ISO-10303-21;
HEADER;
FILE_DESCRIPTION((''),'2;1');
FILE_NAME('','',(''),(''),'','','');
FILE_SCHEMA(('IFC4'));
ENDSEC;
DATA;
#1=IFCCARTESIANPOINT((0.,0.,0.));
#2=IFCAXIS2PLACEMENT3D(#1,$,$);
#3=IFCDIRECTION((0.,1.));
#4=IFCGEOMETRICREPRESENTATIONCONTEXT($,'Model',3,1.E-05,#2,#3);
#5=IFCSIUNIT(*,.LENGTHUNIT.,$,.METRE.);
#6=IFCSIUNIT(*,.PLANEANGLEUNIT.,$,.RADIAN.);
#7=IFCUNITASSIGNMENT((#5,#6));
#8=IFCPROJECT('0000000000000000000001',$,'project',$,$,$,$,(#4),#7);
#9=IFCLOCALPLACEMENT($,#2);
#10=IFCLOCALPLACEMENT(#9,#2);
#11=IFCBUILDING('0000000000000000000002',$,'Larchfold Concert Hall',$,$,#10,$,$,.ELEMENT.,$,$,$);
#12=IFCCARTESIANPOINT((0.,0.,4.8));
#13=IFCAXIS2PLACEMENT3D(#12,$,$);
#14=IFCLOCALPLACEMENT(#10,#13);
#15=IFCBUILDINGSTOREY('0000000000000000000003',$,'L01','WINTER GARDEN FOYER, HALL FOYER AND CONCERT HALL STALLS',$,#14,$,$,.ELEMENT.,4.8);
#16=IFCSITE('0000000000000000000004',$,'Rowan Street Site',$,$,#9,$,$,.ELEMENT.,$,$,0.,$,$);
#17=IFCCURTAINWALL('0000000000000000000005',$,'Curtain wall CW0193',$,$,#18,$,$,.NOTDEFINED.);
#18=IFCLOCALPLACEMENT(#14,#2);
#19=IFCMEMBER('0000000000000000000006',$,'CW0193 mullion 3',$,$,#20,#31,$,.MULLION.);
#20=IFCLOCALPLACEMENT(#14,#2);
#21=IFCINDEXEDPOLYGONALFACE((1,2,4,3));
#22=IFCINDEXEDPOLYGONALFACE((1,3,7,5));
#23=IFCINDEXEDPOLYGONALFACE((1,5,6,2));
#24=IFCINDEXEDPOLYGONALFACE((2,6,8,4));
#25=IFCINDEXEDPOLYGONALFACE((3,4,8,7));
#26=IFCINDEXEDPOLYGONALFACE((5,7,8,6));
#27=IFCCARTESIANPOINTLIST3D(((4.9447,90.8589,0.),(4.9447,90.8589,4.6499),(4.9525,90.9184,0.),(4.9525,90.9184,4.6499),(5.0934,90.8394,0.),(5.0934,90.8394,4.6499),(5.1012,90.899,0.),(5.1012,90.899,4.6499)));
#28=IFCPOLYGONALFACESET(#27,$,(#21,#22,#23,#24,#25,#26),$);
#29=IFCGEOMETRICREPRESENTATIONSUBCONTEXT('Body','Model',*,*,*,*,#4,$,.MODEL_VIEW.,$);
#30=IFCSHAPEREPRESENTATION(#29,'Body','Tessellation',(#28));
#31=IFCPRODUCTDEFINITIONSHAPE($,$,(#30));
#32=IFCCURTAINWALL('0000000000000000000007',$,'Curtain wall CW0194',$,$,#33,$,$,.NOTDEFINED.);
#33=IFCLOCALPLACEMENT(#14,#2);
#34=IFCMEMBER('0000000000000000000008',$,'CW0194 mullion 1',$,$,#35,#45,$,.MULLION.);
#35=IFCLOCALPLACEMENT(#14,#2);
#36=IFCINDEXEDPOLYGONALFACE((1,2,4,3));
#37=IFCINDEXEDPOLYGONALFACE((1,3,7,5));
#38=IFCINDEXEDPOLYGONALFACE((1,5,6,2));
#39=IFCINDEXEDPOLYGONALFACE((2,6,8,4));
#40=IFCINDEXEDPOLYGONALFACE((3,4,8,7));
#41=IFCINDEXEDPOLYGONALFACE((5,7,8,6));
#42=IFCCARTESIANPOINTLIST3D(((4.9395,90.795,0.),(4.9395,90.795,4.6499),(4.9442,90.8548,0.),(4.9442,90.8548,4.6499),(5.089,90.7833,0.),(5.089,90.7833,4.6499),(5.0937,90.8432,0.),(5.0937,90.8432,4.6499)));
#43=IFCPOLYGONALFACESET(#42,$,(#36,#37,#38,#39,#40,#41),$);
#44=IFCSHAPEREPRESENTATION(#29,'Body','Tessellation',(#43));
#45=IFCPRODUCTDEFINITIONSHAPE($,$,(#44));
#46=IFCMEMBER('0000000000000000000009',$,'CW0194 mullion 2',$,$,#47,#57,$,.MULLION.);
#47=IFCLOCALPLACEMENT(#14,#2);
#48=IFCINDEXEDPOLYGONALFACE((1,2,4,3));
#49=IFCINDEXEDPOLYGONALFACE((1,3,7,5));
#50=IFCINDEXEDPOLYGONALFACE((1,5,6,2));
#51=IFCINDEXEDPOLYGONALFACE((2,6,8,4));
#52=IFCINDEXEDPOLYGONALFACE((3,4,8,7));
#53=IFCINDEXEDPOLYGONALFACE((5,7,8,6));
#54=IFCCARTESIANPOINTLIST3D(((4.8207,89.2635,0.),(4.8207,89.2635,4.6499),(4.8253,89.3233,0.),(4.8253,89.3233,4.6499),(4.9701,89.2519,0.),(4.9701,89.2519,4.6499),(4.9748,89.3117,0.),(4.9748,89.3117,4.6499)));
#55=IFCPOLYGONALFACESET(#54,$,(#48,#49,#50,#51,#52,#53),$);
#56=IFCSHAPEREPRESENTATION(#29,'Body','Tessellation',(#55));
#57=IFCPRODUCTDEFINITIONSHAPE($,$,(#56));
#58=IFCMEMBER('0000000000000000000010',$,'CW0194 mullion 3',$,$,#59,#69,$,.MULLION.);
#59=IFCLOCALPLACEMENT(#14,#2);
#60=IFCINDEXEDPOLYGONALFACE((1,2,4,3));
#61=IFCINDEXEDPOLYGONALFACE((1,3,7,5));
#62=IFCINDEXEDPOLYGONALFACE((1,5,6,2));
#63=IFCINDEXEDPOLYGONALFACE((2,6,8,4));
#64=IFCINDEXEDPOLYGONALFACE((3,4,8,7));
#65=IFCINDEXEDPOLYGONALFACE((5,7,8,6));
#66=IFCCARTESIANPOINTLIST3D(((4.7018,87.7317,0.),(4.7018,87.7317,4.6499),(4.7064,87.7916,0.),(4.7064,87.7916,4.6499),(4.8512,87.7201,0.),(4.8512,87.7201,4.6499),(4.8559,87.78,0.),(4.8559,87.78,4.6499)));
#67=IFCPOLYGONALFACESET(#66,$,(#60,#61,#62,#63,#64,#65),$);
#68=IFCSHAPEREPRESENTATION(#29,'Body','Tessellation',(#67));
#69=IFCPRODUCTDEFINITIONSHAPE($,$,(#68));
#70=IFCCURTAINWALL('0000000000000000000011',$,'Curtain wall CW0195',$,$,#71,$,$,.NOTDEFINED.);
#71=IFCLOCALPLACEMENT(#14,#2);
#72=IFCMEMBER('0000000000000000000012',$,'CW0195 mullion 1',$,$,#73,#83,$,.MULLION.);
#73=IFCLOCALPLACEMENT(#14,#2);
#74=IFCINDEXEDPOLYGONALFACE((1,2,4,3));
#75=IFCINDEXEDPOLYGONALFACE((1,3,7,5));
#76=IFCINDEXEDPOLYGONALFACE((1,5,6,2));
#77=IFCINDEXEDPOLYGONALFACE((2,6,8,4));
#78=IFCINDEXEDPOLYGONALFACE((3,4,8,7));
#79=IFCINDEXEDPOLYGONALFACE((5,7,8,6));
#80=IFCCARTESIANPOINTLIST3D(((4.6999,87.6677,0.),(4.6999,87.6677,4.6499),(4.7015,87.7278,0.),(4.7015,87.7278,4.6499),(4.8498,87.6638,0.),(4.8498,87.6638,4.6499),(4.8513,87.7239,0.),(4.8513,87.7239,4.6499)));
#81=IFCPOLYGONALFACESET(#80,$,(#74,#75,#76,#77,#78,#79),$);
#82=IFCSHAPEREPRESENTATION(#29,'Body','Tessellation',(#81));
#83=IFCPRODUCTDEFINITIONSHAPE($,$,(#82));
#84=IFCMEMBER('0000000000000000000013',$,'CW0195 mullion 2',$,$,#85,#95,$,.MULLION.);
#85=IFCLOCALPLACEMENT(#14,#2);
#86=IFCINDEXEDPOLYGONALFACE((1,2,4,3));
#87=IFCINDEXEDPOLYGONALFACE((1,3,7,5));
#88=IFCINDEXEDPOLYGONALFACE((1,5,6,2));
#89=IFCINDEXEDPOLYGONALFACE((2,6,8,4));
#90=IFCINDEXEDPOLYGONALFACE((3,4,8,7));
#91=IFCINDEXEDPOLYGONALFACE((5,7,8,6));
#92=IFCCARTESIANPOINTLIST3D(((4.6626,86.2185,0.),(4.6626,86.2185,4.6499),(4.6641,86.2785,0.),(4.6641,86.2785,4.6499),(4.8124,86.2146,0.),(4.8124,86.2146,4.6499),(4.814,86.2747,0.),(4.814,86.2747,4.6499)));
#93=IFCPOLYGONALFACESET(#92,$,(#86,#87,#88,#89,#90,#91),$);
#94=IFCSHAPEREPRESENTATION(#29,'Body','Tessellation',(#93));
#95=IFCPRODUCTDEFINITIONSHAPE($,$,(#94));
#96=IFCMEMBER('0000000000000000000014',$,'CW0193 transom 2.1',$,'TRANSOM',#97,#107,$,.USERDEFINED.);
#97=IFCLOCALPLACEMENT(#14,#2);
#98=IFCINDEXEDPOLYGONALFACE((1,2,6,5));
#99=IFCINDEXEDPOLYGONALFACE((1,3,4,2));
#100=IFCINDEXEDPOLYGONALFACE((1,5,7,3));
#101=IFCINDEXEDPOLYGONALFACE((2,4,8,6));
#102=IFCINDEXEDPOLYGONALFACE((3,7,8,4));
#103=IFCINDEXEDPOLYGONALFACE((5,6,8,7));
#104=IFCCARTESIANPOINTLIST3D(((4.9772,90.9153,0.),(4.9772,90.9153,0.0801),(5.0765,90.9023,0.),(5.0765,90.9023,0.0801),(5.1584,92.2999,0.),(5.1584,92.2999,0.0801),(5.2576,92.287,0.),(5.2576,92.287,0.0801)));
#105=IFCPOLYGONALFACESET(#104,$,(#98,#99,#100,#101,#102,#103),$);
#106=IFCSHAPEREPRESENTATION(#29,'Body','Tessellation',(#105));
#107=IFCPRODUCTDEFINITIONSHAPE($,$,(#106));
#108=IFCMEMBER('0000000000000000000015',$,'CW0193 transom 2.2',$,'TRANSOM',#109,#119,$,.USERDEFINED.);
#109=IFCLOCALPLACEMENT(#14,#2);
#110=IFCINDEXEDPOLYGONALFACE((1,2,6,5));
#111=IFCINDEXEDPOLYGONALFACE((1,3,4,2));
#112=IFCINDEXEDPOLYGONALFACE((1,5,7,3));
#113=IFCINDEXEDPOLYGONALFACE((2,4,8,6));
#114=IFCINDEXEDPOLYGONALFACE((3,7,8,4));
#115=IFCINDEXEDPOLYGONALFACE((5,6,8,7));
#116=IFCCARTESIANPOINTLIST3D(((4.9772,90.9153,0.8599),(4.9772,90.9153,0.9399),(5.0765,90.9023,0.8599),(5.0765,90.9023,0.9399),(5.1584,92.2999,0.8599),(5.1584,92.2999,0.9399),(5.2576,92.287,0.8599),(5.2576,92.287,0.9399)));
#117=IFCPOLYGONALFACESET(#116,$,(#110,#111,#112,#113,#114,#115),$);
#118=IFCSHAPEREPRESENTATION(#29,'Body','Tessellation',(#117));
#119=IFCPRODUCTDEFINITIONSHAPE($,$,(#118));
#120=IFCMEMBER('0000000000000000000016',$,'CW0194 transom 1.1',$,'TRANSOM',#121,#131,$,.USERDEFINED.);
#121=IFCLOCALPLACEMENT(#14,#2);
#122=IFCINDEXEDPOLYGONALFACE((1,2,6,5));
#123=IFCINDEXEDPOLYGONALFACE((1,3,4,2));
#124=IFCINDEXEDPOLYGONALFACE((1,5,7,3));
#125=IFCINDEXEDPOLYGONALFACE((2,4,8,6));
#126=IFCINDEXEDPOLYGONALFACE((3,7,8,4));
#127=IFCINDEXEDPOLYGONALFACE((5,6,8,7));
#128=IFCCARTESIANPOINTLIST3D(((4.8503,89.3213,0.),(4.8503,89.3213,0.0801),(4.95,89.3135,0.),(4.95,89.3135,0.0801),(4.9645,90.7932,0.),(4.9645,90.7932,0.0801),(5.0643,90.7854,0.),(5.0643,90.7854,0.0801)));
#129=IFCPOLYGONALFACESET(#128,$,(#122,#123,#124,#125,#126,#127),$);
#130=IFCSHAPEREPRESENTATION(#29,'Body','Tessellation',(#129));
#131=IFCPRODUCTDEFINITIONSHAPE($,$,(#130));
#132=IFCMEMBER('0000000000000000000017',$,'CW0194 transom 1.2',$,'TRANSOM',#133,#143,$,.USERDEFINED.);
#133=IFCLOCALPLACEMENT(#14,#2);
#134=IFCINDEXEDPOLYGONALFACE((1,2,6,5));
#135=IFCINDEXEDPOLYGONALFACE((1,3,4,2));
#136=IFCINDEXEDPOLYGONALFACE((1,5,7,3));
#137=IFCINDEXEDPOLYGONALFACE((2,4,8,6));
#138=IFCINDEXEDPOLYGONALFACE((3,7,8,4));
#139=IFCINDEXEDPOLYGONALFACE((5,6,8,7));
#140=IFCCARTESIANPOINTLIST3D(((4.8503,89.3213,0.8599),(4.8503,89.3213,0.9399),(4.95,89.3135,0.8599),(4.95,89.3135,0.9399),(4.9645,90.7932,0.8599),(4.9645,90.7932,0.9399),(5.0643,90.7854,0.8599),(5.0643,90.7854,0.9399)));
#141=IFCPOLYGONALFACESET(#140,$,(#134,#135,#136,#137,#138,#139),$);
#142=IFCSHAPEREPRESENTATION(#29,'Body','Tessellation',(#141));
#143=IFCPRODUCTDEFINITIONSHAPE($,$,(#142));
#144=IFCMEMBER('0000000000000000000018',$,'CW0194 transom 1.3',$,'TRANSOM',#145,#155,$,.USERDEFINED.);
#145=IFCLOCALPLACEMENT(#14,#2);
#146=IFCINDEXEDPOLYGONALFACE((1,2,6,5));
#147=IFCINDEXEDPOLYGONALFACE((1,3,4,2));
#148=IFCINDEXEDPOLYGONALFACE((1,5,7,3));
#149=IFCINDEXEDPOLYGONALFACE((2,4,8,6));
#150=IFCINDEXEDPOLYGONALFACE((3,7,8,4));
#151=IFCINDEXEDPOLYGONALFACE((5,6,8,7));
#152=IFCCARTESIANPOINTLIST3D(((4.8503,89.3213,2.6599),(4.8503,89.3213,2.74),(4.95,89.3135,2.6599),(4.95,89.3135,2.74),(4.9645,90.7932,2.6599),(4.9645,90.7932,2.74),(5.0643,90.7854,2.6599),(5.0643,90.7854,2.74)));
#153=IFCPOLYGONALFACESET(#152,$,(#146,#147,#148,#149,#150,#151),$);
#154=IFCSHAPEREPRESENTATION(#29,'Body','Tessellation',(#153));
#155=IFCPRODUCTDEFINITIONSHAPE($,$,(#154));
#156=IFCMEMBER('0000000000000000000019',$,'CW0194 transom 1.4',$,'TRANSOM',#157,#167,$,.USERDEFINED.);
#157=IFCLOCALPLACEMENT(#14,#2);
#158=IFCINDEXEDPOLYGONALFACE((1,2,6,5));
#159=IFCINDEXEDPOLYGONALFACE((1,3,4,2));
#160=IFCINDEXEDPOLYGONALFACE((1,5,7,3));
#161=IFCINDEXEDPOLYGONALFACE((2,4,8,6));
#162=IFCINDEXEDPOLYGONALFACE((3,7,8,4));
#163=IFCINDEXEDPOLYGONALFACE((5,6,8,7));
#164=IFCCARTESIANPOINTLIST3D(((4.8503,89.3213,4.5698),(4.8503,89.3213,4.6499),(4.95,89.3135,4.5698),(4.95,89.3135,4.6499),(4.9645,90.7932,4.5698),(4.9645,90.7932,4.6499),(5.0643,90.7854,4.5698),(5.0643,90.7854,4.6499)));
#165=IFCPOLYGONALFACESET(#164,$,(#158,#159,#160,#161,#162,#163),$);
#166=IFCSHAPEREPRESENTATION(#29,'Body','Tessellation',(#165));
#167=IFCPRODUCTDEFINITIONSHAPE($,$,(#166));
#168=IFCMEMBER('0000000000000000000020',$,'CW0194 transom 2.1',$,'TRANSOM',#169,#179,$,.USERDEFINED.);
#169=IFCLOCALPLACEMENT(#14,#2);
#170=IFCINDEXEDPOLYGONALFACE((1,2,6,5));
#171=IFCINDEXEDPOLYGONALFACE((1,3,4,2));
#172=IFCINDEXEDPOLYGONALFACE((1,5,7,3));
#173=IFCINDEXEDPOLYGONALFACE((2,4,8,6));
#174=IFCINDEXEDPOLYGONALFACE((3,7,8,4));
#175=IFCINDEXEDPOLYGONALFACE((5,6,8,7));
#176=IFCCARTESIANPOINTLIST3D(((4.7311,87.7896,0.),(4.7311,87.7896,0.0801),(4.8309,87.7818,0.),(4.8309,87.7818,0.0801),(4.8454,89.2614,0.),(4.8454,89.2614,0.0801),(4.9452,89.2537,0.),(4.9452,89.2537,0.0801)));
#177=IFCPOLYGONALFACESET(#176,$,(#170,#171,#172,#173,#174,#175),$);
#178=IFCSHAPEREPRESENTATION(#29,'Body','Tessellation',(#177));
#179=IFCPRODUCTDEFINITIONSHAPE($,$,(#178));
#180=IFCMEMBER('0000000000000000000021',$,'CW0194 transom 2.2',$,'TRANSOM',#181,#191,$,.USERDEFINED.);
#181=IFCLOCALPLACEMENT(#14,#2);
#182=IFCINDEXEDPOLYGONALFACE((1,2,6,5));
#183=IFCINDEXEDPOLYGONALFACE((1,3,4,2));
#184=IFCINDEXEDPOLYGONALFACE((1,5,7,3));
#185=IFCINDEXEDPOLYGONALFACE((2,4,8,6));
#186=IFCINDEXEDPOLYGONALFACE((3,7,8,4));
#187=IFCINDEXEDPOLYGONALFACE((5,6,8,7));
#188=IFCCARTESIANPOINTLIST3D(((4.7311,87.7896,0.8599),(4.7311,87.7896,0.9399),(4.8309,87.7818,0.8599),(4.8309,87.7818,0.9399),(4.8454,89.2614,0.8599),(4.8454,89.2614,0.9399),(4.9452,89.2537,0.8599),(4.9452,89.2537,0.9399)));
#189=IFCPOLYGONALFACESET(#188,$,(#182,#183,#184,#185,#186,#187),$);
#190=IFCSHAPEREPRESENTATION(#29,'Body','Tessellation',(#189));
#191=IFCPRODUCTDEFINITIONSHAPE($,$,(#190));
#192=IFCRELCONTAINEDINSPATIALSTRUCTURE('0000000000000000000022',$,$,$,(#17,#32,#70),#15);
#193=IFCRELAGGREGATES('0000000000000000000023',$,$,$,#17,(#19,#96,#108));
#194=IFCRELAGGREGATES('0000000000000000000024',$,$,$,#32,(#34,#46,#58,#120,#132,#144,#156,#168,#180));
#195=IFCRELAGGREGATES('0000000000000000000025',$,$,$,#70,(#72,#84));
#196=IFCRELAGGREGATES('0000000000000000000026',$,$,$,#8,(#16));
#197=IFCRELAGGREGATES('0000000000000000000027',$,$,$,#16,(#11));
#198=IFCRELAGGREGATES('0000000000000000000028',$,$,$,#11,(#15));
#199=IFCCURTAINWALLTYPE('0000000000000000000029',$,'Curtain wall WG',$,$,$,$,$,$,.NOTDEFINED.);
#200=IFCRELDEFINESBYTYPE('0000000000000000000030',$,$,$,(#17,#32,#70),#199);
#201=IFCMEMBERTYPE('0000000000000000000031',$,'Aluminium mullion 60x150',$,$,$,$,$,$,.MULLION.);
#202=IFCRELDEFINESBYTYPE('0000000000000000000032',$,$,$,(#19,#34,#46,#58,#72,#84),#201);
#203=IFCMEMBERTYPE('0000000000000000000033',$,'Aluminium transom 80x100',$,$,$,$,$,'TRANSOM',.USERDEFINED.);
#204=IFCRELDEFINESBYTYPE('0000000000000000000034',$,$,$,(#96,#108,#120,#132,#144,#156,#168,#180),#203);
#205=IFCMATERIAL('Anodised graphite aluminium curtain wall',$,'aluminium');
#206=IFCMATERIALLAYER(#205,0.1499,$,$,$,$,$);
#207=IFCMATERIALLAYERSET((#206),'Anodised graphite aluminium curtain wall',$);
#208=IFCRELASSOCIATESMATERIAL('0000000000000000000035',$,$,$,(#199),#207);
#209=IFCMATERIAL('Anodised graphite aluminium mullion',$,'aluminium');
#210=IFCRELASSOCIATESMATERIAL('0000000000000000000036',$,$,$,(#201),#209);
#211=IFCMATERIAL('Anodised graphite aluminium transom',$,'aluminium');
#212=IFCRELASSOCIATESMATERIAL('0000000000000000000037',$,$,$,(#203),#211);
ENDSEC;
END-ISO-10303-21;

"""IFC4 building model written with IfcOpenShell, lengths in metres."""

from ifc_helpers import new_model, si_unit, direction, frame, origin, origin_2d, place, context, subcontext, project, spatial, rectangle, extrude, material, layer, layer_set, material_profile, profile_set, type_object, element, aggregate, save


model = new_model("IFC4")

# Units and contexts
model_context = context("Model", 3, precision=1e-05, world=origin(), true_north=direction((0.0, 1.0)))
body_context = subcontext(model_context, "Body", "Model", "MODEL_VIEW")
ifc_project = project(units=[si_unit("LENGTHUNIT", "METRE"), si_unit("PLANEANGLEUNIT", "RADIAN")], contexts=[model_context])

# Site, building, storey
site_placement = place(None, origin())
site = spatial("IfcSite", under=ifc_project, at=site_placement, Name="Rowan Street Site", CompositionType="ELEMENT", RefElevation=0.0)
building_placement = place(site_placement, origin())
building = spatial("IfcBuilding", under=site, at=building_placement, Name="Larchfold Concert Hall", CompositionType="ELEMENT")
storey_placement = place(building_placement, frame((0.0, 0.0, 4.8)))
storey = spatial("IfcBuildingStorey", under=building, at=storey_placement, Name="L01", Description="WINTER GARDEN FOYER, HALL FOYER AND CONCERT HALL STALLS", CompositionType="ELEMENT", Elevation=4.8)

# Curtain wall, member
ifc_material_1 = material(Name="Anodised graphite aluminium curtain wall", Category="aluminium")
ifc_layer_1 = layer(ifc_material_1, 0.1499)
ifc_layer_set_1 = layer_set([ifc_layer_1], Name="Anodised graphite aluminium curtain wall")
curtain_wall_type = type_object("IfcCurtainWallType", Name="Curtain wall WG", PredefinedType="NOTDEFINED", material=ifc_layer_set_1)
curtain_wall_1_placement = place(storey_placement, origin())
curtain_wall_1 = element("IfcCurtainWall", 1, at=curtain_wall_1_placement, inside=storey, type_object=curtain_wall_type, Name="Curtain wall CW0193", PredefinedType="NOTDEFINED")
ifc_material_2 = material(Name="Anodised graphite aluminium mullion", Category="aluminium")
ifc_material_profile_1 = material_profile(ifc_material_2, rectangle(XDim=0.1499, YDim=0.0601, at=origin_2d()))
ifc_profile_set_1 = profile_set([ifc_material_profile_1], Name="Anodised graphite aluminium mullion")
member_type_1 = type_object("IfcMemberType", Name="Aluminium mullion 60x150", PredefinedType="MULLION", material=ifc_profile_set_1)
member_1_placement = place(storey_placement, frame((5.0229, 90.8789, 0.0), z_axis=(0.0, 0.0, 1.0), x_axis=(0.991548, -0.129743, 0.0)))
member_1 = element("IfcMember", 2, at=member_1_placement, type_object=member_type_1, Name="CW0193 mullion 3", PredefinedType="MULLION", context=body_context, shape_type="SweptSolid", body=[
    extrude(rectangle(XDim=0.1499, YDim=0.0601, at=origin_2d()), origin(), (0.0, 0.0, 1.0), 4.6499),
])

# Curtain walls, members
curtain_wall_2_placement = place(storey_placement, origin())
curtain_wall_2 = element("IfcCurtainWall", 3, at=curtain_wall_2_placement, inside=storey, type_object=curtain_wall_type, Name="Curtain wall CW0194", PredefinedType="NOTDEFINED")
member_2_placement = place(storey_placement, frame((5.0166, 90.8191, 0.0), z_axis=(0.0, 0.0, 1.0), x_axis=(0.996995, -0.077465, 0.0)))
member_2 = element("IfcMember", 4, at=member_2_placement, type_object=member_type_1, Name="CW0194 mullion 1", PredefinedType="MULLION", context=body_context, shape_type="SweptSolid", body=[
    extrude(rectangle(XDim=0.1499, YDim=0.0601, at=origin_2d()), origin(), (0.0, 0.0, 1.0), 4.6499),
])
member_3_placement = place(storey_placement, frame((4.8977, 89.2876, 0.0), z_axis=(0.0, 0.0, 1.0), x_axis=(0.996995, -0.077465, 0.0)))
member_3 = element("IfcMember", 5, at=member_3_placement, type_object=member_type_1, Name="CW0194 mullion 2", PredefinedType="MULLION", context=body_context, shape_type="SweptSolid", body=[
    extrude(rectangle(XDim=0.1499, YDim=0.0601, at=origin_2d()), origin(), (0.0, 0.0, 1.0), 4.6499),
])
member_4_placement = place(storey_placement, frame((4.7788, 87.7559, 0.0), z_axis=(0.0, 0.0, 1.0), x_axis=(0.996995, -0.077465, 0.0)))
member_4 = element("IfcMember", 6, at=member_4_placement, type_object=member_type_1, Name="CW0194 mullion 3", PredefinedType="MULLION", context=body_context, shape_type="SweptSolid", body=[
    extrude(rectangle(XDim=0.1499, YDim=0.0601, at=origin_2d()), origin(), (0.0, 0.0, 1.0), 4.6499),
])
curtain_wall_3_placement = place(storey_placement, origin())
curtain_wall_3 = element("IfcCurtainWall", 7, at=curtain_wall_3_placement, inside=storey, type_object=curtain_wall_type, Name="Curtain wall CW0195", PredefinedType="NOTDEFINED")
member_5_placement = place(storey_placement, frame((4.7756, 87.6958, 0.0), z_axis=(0.0, 0.0, 1.0), x_axis=(0.999667, -0.025821, 0.0)))
member_5 = element("IfcMember", 8, at=member_5_placement, type_object=member_type_1, Name="CW0195 mullion 1", PredefinedType="MULLION", context=body_context, shape_type="SweptSolid", body=[
    extrude(rectangle(XDim=0.1499, YDim=0.0601, at=origin_2d()), origin(), (0.0, 0.0, 1.0), 4.6499),
])
member_6_placement = place(storey_placement, frame((4.7383, 86.2466, 0.0), z_axis=(0.0, 0.0, 1.0), x_axis=(0.999667, -0.025821, 0.0)))
member_6 = element("IfcMember", 9, at=member_6_placement, type_object=member_type_1, Name="CW0195 mullion 2", PredefinedType="MULLION", context=body_context, shape_type="SweptSolid", body=[
    extrude(rectangle(XDim=0.1499, YDim=0.0601, at=origin_2d()), origin(), (0.0, 0.0, 1.0), 4.6499),
])

# Members
ifc_material_3 = material(Name="Anodised graphite aluminium transom", Category="aluminium")
ifc_material_profile_2 = material_profile(ifc_material_3, rectangle(XDim=0.1001, YDim=0.0801, at=origin_2d()))
ifc_profile_set_2 = profile_set([ifc_material_profile_2], Name="Anodised graphite aluminium transom")
member_type_2 = type_object("IfcMemberType", Name="Aluminium transom 80x100", ElementType="TRANSOM", PredefinedType="USERDEFINED", material=ifc_profile_set_2)
member_7_placement = place(storey_placement, frame((5.208, 92.2935, 0.04), z_axis=(-0.129713, -0.991552, 0.0), x_axis=(0.991552, -0.129713, 0.0)))
member_7 = element("IfcMember", 10, at=member_7_placement, type_object=member_type_2, Name="CW0193 transom 2.1", ObjectType="TRANSOM", PredefinedType="USERDEFINED", context=body_context, shape_type="SweptSolid", body=[
    extrude(rectangle(XDim=0.1001, YDim=0.0801, at=origin_2d()), origin(), (0.0, 0.0, 1.0), 1.3965),
])
member_8_placement = place(storey_placement, frame((5.208, 92.2935, 0.8999), z_axis=(-0.129713, -0.991552, 0.0), x_axis=(0.991552, -0.129713, 0.0)))
member_8 = element("IfcMember", 11, at=member_8_placement, type_object=member_type_2, Name="CW0193 transom 2.2", ObjectType="TRANSOM", PredefinedType="USERDEFINED", context=body_context, shape_type="SweptSolid", body=[
    extrude(rectangle(XDim=0.1001, YDim=0.0801, at=origin_2d()), origin(), (0.0, 0.0, 1.0), 1.3965),
])
member_9_placement = place(storey_placement, frame((5.0144, 90.7893, 0.04), z_axis=(-0.077392, -0.997001, 0.0), x_axis=(0.997001, -0.077392, 0.0)))
member_9 = element("IfcMember", 12, at=member_9_placement, type_object=member_type_2, Name="CW0194 transom 1.1", ObjectType="TRANSOM", PredefinedType="USERDEFINED", context=body_context, shape_type="SweptSolid", body=[
    extrude(rectangle(XDim=0.1001, YDim=0.0801, at=origin_2d()), origin(), (0.0, 0.0, 1.0), 1.4763),
])
member_10_placement = place(storey_placement, frame((5.0144, 90.7893, 0.8999), z_axis=(-0.077392, -0.997001, 0.0), x_axis=(0.997001, -0.077392, 0.0)))
member_10 = element("IfcMember", 13, at=member_10_placement, type_object=member_type_2, Name="CW0194 transom 1.2", ObjectType="TRANSOM", PredefinedType="USERDEFINED", context=body_context, shape_type="SweptSolid", body=[
    extrude(rectangle(XDim=0.1001, YDim=0.0801, at=origin_2d()), origin(), (0.0, 0.0, 1.0), 1.4763),
])
member_11_placement = place(storey_placement, frame((5.0144, 90.7893, 2.7), z_axis=(-0.077392, -0.997001, 0.0), x_axis=(0.997001, -0.077392, 0.0)))
member_11 = element("IfcMember", 14, at=member_11_placement, type_object=member_type_2, Name="CW0194 transom 1.3", ObjectType="TRANSOM", PredefinedType="USERDEFINED", context=body_context, shape_type="SweptSolid", body=[
    extrude(rectangle(XDim=0.1001, YDim=0.0801, at=origin_2d()), origin(), (0.0, 0.0, 1.0), 1.4763),
])
member_12_placement = place(storey_placement, frame((5.0144, 90.7893, 4.6099), z_axis=(-0.077392, -0.997001, 0.0), x_axis=(0.997001, -0.077392, 0.0)))
member_12 = element("IfcMember", 15, at=member_12_placement, type_object=member_type_2, Name="CW0194 transom 1.4", ObjectType="TRANSOM", PredefinedType="USERDEFINED", context=body_context, shape_type="SweptSolid", body=[
    extrude(rectangle(XDim=0.1001, YDim=0.0801, at=origin_2d()), origin(), (0.0, 0.0, 1.0), 1.4763),
])
member_13_placement = place(storey_placement, frame((4.8953, 89.2576, 0.04), z_axis=(-0.077392, -0.997001, 0.0), x_axis=(0.997001, -0.077392, 0.0)))
member_13 = element("IfcMember", 16, at=member_13_placement, type_object=member_type_2, Name="CW0194 transom 2.1", ObjectType="TRANSOM", PredefinedType="USERDEFINED", context=body_context, shape_type="SweptSolid", body=[
    extrude(rectangle(XDim=0.1001, YDim=0.0801, at=origin_2d()), origin(), (0.0, 0.0, 1.0), 1.4763),
])
member_14_placement = place(storey_placement, frame((4.8953, 89.2576, 0.8999), z_axis=(-0.077392, -0.997001, 0.0), x_axis=(0.997001, -0.077392, 0.0)))
member_14 = element("IfcMember", 17, at=member_14_placement, type_object=member_type_2, Name="CW0194 transom 2.2", ObjectType="TRANSOM", PredefinedType="USERDEFINED", context=body_context, shape_type="SweptSolid", body=[
    extrude(rectangle(XDim=0.1001, YDim=0.0801, at=origin_2d()), origin(), (0.0, 0.0, 1.0), 1.4763),
])

aggregate(curtain_wall_1, [member_1, member_7, member_8])
aggregate(curtain_wall_2, [member_2, member_3, member_4, member_9, member_10, member_11, member_12, member_13, member_14])
aggregate(curtain_wall_3, [member_5, member_6])

save(model, "model.ifc")
